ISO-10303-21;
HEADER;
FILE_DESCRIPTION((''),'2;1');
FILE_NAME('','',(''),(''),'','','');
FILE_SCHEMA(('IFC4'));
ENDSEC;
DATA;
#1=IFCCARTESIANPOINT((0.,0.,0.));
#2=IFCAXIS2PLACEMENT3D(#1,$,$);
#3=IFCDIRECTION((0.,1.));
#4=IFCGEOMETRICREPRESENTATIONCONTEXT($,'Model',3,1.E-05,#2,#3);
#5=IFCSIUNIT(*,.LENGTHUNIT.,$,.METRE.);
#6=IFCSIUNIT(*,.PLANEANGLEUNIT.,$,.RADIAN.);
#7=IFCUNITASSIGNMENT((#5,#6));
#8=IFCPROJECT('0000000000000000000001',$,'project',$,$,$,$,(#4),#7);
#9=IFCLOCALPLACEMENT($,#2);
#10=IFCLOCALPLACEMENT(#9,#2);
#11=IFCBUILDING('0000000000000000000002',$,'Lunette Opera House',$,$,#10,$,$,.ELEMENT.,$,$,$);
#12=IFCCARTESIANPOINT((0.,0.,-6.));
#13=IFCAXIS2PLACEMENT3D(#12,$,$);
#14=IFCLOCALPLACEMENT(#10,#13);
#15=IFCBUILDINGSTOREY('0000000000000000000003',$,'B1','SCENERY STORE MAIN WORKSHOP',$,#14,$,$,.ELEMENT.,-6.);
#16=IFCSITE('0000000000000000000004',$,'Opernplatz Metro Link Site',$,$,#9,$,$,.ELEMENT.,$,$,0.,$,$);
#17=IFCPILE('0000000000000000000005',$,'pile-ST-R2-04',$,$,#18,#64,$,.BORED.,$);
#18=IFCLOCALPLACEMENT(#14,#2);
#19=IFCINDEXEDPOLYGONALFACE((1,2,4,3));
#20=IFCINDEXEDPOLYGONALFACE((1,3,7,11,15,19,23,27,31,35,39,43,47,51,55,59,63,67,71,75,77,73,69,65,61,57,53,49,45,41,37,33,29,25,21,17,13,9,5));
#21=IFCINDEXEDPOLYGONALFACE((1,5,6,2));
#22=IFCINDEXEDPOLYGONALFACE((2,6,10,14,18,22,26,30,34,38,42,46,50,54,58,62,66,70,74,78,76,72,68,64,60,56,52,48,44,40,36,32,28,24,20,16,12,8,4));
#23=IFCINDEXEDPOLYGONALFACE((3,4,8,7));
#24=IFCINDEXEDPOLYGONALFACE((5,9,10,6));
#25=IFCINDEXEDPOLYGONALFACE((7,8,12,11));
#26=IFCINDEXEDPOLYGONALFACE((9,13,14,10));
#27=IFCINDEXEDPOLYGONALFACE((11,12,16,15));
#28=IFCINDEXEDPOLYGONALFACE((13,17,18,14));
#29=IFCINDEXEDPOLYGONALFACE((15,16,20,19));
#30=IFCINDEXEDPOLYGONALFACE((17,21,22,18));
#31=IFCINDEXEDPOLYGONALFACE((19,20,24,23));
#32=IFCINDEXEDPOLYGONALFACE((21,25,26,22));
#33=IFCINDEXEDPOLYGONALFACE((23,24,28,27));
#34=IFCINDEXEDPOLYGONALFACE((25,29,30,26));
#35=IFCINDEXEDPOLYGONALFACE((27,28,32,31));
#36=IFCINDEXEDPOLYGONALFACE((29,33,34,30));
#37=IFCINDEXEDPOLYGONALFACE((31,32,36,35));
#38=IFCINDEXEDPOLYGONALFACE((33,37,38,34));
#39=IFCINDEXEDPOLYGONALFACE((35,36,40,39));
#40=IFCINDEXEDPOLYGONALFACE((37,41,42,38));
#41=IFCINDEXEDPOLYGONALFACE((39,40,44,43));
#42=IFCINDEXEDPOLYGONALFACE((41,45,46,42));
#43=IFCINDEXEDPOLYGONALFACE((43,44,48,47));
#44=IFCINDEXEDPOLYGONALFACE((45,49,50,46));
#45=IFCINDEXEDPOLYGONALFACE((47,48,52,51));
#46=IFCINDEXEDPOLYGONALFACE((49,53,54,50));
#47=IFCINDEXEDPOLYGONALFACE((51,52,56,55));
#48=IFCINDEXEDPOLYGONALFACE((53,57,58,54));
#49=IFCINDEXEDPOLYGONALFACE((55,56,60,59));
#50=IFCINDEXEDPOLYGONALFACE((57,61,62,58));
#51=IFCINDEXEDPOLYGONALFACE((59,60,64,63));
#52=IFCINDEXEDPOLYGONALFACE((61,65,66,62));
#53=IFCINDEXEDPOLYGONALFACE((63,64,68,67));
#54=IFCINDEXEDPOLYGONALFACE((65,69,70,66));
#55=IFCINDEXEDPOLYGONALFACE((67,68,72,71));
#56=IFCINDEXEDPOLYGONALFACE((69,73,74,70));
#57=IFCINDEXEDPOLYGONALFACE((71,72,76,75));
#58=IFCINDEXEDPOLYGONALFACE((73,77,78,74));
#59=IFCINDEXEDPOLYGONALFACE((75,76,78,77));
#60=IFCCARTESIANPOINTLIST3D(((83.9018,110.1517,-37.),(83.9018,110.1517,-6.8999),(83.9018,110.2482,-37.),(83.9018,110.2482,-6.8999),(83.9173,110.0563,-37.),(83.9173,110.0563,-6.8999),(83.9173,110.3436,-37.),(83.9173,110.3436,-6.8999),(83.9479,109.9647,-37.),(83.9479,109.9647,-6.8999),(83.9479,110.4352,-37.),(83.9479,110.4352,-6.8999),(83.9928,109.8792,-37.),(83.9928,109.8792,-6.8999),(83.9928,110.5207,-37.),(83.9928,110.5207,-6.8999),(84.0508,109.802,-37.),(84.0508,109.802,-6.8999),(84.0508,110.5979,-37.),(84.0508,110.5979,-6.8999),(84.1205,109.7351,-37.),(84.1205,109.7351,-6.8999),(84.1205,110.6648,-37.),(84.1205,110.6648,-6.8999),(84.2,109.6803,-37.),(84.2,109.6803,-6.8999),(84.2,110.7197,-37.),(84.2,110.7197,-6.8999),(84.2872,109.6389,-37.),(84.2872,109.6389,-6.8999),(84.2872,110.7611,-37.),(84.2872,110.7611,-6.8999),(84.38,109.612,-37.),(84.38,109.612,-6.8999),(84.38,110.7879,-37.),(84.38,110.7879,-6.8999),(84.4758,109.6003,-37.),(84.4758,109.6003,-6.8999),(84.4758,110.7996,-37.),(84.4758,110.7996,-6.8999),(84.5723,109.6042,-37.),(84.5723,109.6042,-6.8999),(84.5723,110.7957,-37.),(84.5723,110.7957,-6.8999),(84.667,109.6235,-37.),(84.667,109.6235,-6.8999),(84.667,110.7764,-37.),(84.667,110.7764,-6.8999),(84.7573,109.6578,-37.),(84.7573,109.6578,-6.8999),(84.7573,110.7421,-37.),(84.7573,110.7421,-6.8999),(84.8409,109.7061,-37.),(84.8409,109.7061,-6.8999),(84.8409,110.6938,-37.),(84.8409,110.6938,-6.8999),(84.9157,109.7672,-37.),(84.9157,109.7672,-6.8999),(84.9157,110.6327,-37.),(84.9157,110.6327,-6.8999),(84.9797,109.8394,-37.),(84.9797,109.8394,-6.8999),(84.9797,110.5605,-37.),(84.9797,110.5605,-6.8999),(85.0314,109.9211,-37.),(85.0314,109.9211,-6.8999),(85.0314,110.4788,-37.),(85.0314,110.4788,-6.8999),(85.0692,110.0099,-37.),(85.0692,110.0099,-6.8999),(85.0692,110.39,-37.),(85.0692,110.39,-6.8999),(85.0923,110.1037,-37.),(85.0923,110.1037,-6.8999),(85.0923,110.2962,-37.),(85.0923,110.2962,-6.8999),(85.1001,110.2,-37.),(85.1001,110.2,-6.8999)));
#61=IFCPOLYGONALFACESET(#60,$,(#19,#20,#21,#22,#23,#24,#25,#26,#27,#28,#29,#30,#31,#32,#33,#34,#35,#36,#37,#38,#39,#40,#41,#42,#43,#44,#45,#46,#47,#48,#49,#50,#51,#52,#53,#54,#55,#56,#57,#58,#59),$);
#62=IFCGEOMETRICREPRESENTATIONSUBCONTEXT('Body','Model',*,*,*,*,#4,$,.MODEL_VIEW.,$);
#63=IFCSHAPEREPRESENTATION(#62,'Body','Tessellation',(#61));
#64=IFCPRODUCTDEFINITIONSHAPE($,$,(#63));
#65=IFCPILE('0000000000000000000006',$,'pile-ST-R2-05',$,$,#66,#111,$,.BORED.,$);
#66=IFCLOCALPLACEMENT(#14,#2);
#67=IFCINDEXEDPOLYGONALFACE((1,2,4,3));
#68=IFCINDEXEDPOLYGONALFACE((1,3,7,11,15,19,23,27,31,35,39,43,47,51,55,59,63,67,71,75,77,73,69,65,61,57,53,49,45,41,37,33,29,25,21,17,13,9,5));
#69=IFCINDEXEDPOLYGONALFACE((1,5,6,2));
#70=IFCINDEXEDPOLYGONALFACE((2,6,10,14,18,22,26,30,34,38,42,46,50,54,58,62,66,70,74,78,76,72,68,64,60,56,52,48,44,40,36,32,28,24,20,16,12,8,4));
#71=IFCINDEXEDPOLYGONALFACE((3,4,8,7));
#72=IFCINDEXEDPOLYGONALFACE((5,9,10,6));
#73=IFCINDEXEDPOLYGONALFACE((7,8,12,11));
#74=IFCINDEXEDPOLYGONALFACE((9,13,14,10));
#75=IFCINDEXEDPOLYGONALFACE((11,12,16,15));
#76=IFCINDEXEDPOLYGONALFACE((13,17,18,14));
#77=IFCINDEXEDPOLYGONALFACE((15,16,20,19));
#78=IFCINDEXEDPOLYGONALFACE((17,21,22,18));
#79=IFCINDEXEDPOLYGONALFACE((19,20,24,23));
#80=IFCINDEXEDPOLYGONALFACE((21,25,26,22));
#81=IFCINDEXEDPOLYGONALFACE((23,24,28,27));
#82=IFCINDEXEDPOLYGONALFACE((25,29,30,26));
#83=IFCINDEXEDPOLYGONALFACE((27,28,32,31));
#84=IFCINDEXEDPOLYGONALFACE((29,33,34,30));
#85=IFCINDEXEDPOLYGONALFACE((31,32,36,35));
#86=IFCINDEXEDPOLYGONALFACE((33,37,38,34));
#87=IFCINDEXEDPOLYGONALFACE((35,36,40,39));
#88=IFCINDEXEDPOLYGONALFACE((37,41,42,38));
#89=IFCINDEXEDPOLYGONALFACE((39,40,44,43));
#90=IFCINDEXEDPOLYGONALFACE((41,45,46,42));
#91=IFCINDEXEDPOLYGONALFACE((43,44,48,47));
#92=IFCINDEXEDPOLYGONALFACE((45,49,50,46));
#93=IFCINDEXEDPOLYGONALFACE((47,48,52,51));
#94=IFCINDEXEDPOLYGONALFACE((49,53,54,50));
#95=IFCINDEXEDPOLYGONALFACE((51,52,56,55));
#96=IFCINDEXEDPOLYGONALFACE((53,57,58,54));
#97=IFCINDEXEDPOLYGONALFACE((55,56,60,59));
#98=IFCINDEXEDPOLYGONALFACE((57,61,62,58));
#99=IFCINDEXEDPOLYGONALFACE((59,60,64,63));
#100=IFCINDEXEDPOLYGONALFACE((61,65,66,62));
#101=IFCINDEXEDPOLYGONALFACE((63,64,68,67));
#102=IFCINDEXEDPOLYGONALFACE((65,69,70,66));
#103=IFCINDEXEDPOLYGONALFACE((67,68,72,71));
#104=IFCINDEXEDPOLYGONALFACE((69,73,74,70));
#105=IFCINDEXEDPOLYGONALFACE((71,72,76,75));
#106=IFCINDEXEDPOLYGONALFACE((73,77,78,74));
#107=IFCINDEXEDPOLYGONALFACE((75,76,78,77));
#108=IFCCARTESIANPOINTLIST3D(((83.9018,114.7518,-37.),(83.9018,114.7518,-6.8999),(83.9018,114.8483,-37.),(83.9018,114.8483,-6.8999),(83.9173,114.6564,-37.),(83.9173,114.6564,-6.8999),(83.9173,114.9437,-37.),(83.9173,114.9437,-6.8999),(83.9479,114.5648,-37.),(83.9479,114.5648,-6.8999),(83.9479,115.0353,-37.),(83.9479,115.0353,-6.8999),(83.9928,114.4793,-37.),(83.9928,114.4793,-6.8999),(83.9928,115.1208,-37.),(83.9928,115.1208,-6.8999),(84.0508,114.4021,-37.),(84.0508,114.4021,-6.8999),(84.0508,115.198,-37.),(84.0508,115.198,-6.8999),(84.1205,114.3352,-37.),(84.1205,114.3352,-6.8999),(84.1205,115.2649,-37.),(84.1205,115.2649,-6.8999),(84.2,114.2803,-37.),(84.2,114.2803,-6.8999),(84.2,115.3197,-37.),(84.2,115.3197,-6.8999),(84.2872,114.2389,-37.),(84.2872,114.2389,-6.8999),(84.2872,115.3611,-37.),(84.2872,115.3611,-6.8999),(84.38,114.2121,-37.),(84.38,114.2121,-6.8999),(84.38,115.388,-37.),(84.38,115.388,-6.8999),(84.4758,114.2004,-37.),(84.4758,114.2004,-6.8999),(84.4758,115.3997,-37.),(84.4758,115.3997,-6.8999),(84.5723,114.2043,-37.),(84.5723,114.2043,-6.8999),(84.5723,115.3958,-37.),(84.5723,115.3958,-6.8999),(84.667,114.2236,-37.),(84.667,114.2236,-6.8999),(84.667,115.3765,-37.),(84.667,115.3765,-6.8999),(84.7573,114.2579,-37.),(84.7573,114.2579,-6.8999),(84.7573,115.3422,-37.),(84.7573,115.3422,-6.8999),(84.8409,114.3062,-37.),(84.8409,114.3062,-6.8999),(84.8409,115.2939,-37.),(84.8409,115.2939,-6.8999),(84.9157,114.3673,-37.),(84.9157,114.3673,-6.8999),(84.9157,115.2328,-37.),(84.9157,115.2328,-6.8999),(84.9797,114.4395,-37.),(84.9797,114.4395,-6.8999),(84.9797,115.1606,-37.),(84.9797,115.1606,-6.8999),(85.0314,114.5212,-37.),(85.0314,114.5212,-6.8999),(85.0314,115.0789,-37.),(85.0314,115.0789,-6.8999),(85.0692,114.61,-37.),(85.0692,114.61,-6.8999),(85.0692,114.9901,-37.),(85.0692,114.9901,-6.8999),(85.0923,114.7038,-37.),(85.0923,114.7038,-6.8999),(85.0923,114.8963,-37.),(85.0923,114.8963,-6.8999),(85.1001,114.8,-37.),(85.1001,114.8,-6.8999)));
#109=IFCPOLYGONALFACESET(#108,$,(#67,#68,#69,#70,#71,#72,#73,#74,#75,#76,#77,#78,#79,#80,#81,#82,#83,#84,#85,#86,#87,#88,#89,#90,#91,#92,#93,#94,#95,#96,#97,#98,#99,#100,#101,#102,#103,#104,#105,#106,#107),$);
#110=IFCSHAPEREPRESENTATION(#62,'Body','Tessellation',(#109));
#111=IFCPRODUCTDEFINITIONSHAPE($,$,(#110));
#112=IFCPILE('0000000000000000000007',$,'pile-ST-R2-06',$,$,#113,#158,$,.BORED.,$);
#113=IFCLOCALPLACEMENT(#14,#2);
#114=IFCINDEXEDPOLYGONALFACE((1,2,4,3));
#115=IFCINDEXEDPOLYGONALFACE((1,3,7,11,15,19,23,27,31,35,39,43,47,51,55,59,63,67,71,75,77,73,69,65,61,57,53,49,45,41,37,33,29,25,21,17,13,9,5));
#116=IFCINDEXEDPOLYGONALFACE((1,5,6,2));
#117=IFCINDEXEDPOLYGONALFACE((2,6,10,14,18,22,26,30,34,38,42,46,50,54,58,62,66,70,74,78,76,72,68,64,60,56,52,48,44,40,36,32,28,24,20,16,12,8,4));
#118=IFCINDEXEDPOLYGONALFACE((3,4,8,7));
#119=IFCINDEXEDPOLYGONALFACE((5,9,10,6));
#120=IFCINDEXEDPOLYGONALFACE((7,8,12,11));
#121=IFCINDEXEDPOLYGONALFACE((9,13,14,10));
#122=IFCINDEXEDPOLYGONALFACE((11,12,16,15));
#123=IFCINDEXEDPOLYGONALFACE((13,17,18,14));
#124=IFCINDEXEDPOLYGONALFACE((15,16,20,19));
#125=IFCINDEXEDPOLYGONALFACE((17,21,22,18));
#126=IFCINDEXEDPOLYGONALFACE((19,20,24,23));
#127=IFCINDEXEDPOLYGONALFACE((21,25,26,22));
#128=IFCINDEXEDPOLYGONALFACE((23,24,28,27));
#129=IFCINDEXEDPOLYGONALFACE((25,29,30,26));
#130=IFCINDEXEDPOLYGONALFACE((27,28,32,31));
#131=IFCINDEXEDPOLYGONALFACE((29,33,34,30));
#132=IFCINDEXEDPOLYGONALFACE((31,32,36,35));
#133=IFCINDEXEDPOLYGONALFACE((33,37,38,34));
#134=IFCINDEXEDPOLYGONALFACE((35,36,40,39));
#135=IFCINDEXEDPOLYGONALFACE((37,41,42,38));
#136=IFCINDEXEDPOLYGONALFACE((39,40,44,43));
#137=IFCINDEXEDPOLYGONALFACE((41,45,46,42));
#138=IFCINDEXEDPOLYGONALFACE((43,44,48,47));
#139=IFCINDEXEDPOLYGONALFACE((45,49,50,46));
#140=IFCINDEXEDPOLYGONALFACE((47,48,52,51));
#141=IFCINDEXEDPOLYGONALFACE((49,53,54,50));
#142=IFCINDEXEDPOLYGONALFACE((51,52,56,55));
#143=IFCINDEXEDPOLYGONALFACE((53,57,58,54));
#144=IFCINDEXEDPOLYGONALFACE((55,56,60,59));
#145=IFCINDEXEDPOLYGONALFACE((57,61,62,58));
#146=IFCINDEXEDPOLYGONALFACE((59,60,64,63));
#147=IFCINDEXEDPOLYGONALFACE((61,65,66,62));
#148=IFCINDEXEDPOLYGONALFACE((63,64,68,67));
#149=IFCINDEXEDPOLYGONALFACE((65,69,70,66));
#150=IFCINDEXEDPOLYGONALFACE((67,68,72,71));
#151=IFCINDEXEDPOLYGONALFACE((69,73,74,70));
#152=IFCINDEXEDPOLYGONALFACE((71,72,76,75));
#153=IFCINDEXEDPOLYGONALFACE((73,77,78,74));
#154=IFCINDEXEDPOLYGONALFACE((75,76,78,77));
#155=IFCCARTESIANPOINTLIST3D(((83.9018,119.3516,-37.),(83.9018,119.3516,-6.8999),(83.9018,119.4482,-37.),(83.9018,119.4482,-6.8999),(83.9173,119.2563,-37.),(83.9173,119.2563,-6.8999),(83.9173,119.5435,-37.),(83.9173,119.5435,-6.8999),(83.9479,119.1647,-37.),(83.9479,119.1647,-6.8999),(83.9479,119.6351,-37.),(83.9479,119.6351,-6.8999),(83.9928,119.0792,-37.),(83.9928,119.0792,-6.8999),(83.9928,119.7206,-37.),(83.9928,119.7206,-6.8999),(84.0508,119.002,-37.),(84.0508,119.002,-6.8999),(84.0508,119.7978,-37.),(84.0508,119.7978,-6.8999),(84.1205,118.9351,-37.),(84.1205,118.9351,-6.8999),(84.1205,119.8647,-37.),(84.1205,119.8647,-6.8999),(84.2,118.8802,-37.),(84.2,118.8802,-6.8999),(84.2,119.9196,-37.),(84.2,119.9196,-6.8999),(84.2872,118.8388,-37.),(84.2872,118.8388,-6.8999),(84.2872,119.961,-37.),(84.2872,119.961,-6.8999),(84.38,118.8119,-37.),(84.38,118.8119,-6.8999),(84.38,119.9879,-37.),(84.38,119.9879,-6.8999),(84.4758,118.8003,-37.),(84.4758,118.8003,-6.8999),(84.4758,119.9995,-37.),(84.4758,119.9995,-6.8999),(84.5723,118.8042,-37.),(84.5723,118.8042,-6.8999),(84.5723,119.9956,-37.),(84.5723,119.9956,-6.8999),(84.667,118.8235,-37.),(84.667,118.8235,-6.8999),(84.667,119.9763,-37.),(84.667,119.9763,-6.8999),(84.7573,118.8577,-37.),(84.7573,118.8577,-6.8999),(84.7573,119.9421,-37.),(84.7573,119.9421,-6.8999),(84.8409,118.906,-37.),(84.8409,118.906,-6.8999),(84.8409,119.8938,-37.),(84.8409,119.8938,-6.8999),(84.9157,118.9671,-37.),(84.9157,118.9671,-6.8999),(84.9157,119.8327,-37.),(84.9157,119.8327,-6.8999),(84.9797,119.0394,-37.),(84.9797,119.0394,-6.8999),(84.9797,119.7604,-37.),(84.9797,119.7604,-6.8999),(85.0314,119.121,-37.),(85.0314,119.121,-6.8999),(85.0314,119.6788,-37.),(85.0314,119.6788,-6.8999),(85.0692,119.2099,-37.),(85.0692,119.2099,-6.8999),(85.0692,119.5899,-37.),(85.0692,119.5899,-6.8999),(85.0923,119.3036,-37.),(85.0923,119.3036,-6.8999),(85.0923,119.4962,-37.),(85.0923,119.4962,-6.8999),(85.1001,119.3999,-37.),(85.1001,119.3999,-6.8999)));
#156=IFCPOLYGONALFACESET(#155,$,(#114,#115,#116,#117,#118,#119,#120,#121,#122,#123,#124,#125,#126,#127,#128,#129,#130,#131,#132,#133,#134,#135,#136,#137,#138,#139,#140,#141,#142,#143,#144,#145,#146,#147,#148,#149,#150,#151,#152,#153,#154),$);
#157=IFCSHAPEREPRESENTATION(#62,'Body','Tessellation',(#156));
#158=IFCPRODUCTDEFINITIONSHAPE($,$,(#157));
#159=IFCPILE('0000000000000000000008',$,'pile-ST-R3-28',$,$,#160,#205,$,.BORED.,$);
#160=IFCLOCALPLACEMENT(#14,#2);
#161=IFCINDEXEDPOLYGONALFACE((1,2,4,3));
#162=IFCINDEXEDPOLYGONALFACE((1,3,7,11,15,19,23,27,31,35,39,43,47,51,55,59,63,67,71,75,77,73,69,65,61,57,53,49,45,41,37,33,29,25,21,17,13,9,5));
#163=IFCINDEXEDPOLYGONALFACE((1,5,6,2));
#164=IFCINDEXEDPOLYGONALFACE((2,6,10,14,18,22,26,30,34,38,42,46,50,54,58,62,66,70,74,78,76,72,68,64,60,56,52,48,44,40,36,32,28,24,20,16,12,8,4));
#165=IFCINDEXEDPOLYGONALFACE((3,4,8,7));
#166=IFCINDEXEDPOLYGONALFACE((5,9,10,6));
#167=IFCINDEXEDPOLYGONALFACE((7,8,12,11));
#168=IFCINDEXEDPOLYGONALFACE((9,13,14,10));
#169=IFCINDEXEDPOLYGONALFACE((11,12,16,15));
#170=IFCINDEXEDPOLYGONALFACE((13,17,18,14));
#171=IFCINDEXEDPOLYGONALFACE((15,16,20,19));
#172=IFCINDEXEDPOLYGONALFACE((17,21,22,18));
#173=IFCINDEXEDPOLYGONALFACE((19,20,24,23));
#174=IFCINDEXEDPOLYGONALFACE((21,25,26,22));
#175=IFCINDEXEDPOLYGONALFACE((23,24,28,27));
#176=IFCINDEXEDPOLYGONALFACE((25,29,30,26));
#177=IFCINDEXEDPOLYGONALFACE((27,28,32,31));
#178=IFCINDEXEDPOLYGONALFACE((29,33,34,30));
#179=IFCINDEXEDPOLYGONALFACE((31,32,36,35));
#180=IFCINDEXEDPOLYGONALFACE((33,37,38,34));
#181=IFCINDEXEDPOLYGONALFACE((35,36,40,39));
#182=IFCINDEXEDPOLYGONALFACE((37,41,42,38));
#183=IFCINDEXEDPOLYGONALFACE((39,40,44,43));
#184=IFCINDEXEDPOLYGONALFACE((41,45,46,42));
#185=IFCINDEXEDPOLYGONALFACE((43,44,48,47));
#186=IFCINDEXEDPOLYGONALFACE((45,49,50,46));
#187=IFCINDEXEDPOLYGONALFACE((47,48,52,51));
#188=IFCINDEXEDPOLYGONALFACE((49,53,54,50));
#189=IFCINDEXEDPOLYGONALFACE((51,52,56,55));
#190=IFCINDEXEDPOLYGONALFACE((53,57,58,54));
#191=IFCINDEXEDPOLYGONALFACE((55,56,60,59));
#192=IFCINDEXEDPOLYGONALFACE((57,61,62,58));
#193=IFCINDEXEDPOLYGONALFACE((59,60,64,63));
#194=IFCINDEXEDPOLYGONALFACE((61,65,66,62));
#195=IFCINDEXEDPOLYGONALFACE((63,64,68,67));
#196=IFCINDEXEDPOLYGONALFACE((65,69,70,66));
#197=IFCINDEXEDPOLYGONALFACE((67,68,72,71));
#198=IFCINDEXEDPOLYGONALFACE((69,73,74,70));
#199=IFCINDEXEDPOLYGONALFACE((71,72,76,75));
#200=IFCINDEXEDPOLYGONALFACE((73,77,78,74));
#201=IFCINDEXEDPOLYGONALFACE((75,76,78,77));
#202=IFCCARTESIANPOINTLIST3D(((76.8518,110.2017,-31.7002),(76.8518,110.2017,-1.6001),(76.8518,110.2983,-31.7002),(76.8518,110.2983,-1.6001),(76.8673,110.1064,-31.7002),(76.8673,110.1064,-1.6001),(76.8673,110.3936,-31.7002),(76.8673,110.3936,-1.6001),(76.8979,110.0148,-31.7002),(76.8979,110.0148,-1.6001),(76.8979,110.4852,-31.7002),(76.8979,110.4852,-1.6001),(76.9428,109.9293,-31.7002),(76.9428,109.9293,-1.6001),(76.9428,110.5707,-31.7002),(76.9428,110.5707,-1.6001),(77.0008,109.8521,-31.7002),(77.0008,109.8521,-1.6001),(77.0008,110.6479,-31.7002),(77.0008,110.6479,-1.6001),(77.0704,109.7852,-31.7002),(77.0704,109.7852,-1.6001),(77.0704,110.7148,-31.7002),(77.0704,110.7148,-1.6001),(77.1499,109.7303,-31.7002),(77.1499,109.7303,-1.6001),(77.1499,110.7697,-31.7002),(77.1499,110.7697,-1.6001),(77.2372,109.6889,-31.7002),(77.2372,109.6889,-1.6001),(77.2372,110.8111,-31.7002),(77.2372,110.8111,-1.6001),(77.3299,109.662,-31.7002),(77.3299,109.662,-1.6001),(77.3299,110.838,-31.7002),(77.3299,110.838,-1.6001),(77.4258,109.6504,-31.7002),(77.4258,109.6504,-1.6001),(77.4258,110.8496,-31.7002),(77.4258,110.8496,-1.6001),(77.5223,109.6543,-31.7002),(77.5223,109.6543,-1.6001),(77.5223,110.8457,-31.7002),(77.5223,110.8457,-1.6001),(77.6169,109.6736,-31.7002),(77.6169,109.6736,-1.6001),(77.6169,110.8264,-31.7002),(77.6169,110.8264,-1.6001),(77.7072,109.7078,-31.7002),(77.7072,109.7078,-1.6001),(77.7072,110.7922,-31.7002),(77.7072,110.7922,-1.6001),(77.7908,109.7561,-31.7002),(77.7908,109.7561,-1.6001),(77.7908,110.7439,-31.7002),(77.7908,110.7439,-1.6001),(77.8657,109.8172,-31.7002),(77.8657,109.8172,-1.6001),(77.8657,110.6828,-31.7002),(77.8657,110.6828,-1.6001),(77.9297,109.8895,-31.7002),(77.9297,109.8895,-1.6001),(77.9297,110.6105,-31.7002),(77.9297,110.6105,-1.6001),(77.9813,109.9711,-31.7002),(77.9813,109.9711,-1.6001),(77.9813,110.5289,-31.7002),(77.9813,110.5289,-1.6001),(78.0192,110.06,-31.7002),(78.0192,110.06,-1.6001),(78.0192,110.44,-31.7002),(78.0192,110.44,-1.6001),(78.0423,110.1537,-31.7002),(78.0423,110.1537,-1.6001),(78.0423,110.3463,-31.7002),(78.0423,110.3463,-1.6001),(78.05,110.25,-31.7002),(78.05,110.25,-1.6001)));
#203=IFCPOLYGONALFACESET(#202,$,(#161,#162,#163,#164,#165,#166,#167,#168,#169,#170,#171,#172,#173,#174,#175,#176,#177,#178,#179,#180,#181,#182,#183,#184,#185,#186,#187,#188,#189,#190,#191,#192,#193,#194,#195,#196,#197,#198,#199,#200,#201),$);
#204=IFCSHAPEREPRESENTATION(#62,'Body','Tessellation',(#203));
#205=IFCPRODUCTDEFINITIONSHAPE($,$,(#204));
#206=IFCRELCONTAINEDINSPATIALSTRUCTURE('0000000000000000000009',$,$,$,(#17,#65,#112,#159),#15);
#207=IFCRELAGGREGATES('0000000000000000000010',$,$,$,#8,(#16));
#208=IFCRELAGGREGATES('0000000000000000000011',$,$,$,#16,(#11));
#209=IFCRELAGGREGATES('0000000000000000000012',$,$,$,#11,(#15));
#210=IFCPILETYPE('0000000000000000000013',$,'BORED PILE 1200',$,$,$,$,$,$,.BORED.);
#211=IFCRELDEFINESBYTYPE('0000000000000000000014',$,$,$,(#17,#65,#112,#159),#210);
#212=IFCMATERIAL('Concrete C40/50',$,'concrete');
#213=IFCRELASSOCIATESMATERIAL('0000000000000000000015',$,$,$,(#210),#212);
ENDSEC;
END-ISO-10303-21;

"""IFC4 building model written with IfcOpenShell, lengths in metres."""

from ifc_helpers import new_model, si_unit, direction, frame, origin, origin_2d, place, context, subcontext, project, spatial, circle, extrude, material, material_profile, profile_set, type_object, element, save


model = new_model("IFC4")

# Units and contexts
model_context = context("Model", 3, precision=1e-05, world=origin(), true_north=direction((0.0, 1.0)))
body_context = subcontext(model_context, "Body", "Model", "MODEL_VIEW")
ifc_project = project(units=[si_unit("LENGTHUNIT", "METRE"), si_unit("PLANEANGLEUNIT", "RADIAN")], contexts=[model_context])

# Site, building, storey
site_placement = place(None, origin())
site = spatial("IfcSite", under=ifc_project, at=site_placement, Name="Opernplatz Metro Link Site", CompositionType="ELEMENT", RefElevation=0.0)
building_placement = place(site_placement, origin())
building = spatial("IfcBuilding", under=site, at=building_placement, Name="Lunette Opera House", CompositionType="ELEMENT")
storey_placement = place(building_placement, frame((0.0, 0.0, -6.0)))
storey = spatial("IfcBuildingStorey", under=building, at=storey_placement, Name="B1", Description="SCENERY STORE MAIN WORKSHOP", CompositionType="ELEMENT", Elevation=-6.0)

# Piles
ifc_material_1 = material(Name="Concrete C40/50", Category="concrete")
ifc_material_profile_1 = material_profile(ifc_material_1, circle(Radius=0.6001, at=origin_2d()), Name="BORED PILE 1200")
ifc_profile_set_1 = profile_set([ifc_material_profile_1], Name="Concrete C40/50")
pile_type = type_object("IfcPileType", Name="BORED PILE 1200", PredefinedType="BORED", material=ifc_profile_set_1)
for number, where, z_axis, x_axis, name in (
    (1, (84.5, 110.2, -6.8999), (0.0, 0.0, -1.0), (1.0, 0.0, 0.0), "pile-ST-R2-04"),
    (2, (84.5, 114.8, -6.8999), (0.0, 0.0, -1.0), (1.0, 0.0, 0.0), "pile-ST-R2-05"),
    (3, (84.5, 119.3999, -6.8999), (0.0, 0.0, -1.0), (1.0, 0.0, 0.0), "pile-ST-R2-06"),
    (4, (77.45, 110.25, -1.6001), (0.0, 0.0, -1.0), (1.0, 0.0, 0.0), "pile-ST-R3-28"),
):
    element("IfcPile", number, at=place(storey_placement, frame(where, z_axis=z_axis, x_axis=x_axis)), inside=storey, type_object=pile_type, Name=name, PredefinedType="BORED", context=body_context, shape_type="SweptSolid", body=[
        extrude(circle(Radius=0.6001, at=origin_2d()), origin(), (0.0, 0.0, 1.0), 30.1001),
    ])

save(model, "model.ifc")
